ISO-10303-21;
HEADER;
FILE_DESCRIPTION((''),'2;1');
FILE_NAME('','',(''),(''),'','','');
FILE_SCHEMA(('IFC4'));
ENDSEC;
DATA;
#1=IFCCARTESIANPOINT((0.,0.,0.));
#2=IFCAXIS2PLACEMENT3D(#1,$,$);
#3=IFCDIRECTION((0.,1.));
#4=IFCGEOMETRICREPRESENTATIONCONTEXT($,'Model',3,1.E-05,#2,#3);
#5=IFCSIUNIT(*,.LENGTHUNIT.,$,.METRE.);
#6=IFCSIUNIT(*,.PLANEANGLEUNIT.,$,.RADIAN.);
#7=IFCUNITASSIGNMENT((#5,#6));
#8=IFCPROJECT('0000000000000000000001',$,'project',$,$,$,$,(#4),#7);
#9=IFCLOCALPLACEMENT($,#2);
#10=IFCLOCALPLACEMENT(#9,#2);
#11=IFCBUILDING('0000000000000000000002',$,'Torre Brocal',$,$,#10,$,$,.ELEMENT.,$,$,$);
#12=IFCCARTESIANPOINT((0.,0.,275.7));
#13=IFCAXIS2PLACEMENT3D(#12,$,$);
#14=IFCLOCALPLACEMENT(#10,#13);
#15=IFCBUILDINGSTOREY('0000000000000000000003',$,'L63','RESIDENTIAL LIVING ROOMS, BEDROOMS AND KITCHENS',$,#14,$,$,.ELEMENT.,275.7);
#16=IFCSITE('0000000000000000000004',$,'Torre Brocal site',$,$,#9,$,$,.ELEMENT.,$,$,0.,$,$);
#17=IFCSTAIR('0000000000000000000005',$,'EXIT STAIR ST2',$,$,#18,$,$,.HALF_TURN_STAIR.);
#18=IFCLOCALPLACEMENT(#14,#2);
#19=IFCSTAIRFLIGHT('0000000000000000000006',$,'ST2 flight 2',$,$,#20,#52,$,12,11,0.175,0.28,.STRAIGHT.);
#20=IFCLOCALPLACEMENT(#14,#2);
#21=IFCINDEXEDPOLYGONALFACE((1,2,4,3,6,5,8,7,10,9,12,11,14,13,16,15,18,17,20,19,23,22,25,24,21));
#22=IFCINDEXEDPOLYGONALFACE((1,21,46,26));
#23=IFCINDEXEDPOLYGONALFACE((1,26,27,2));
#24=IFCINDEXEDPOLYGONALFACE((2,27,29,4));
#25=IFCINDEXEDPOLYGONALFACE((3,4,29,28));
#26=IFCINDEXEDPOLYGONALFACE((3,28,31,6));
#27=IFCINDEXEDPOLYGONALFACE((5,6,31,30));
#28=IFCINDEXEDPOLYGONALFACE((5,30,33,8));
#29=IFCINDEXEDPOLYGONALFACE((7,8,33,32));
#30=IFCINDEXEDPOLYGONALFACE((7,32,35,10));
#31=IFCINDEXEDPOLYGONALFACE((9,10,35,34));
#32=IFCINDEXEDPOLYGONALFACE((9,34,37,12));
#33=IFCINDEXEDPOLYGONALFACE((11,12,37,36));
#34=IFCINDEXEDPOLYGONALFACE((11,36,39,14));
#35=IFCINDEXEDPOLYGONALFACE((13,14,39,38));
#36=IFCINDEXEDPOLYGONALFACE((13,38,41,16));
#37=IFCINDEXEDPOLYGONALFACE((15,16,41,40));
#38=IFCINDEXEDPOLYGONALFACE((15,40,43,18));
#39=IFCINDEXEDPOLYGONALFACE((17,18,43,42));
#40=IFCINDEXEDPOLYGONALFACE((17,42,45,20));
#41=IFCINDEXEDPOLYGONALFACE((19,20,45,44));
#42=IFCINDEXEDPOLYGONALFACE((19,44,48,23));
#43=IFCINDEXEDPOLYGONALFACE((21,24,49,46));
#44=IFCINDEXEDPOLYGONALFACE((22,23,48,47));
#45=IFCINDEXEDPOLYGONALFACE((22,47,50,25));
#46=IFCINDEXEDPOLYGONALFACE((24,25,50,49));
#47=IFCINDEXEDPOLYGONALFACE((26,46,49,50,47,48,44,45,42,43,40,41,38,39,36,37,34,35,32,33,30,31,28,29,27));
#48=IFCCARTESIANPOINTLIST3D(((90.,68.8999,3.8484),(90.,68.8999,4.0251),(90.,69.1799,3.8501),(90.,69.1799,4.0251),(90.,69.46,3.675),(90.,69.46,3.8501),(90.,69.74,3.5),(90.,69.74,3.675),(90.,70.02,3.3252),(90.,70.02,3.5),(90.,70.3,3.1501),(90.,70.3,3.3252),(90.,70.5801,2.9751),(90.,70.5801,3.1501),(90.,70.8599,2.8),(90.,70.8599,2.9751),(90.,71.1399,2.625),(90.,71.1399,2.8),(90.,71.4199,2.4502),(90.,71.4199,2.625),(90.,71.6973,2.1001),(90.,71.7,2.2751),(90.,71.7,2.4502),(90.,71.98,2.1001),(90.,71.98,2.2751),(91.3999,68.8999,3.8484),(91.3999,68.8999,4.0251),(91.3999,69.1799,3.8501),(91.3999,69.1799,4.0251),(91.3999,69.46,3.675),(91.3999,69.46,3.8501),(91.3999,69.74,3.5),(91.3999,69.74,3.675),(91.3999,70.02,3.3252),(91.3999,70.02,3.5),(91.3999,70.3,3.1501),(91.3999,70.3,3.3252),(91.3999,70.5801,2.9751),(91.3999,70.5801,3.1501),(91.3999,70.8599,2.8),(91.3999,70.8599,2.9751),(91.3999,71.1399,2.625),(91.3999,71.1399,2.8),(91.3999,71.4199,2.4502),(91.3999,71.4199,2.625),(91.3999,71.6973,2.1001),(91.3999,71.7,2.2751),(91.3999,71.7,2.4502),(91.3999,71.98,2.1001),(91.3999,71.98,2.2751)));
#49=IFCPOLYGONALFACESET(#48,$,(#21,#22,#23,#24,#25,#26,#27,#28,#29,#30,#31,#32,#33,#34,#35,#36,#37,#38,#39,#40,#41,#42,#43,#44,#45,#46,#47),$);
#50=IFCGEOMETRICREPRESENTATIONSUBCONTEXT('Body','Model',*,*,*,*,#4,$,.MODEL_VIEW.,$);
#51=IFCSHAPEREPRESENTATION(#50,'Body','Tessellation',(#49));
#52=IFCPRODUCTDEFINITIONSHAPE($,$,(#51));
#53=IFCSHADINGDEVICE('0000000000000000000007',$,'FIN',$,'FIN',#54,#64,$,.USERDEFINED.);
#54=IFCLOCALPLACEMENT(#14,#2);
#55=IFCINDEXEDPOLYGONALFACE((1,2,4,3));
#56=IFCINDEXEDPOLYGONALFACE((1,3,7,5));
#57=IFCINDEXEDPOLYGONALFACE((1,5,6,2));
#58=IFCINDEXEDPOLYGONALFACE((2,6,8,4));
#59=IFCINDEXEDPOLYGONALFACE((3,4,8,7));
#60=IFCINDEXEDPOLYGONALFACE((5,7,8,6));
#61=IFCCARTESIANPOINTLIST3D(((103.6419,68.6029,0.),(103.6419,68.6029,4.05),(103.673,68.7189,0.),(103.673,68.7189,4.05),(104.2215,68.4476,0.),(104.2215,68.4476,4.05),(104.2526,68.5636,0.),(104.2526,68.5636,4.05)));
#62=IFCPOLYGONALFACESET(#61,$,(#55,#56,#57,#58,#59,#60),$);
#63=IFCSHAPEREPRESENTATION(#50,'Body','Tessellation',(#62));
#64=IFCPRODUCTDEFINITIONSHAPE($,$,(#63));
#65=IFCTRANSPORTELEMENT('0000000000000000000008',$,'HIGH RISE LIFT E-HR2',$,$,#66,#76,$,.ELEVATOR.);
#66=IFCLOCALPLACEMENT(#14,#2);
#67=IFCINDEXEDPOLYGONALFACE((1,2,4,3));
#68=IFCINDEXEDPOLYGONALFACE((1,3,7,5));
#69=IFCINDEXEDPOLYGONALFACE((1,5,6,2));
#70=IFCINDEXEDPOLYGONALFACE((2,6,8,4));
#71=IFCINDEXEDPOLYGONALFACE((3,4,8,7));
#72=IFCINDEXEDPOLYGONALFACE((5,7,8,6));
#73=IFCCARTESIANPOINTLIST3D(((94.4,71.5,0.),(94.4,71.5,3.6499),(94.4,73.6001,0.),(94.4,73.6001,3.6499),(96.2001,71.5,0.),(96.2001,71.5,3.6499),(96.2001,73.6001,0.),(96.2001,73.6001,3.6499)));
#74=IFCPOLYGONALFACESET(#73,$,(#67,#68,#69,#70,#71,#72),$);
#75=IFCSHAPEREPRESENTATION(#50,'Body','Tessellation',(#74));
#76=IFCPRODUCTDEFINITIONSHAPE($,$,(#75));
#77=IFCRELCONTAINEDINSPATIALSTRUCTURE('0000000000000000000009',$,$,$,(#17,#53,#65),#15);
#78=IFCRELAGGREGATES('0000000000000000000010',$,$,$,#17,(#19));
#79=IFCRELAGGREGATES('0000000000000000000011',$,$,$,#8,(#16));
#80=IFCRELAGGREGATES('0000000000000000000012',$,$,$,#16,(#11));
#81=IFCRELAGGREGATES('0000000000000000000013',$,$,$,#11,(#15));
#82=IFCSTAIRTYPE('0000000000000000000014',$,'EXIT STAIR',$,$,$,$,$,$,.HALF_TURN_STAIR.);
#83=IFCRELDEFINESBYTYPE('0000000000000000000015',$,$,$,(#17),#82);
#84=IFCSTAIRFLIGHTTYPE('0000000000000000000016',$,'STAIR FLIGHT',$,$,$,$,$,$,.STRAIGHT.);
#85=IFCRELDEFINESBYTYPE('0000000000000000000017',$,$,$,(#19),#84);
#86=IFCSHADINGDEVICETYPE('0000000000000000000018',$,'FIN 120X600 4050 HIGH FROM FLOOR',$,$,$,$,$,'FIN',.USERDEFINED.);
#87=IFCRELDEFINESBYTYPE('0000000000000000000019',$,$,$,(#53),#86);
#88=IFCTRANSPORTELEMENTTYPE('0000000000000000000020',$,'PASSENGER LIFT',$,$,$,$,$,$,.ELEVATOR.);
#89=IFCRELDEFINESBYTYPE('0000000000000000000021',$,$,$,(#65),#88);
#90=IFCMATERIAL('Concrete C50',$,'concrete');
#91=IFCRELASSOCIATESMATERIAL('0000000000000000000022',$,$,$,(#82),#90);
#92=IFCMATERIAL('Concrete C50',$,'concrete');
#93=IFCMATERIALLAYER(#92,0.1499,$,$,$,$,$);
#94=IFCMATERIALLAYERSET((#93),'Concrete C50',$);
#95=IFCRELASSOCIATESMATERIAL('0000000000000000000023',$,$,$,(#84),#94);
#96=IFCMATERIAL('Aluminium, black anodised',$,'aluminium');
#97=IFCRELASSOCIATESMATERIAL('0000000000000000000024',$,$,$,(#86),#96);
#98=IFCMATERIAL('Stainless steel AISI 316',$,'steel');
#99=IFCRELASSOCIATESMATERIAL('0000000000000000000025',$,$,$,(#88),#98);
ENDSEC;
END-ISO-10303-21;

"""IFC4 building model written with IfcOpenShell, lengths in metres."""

from ifc_helpers import new_model, si_unit, direction, frame, origin, origin_2d, place, context, subcontext, project, spatial, polyline, rectangle, outline, extrude, material, layer, layer_set, material_profile, profile_set, type_object, element, aggregate, save


model = new_model("IFC4")

# Units and contexts
model_context = context("Model", 3, precision=1e-05, world=origin(), true_north=direction((0.0, 1.0)))
body_context = subcontext(model_context, "Body", "Model", "MODEL_VIEW")
ifc_project = project(units=[si_unit("LENGTHUNIT", "METRE"), si_unit("PLANEANGLEUNIT", "RADIAN")], contexts=[model_context])

# Site, building, storey
site_placement = place(None, origin())
site = spatial("IfcSite", under=ifc_project, at=site_placement, Name="Torre Brocal site", CompositionType="ELEMENT", RefElevation=0.0)
building_placement = place(site_placement, origin())
building = spatial("IfcBuilding", under=site, at=building_placement, Name="Torre Brocal", CompositionType="ELEMENT")
storey_placement = place(building_placement, frame((0.0, 0.0, 275.7)))
storey = spatial("IfcBuildingStorey", under=building, at=storey_placement, Name="L63", Description="RESIDENTIAL LIVING ROOMS, BEDROOMS AND KITCHENS", CompositionType="ELEMENT", Elevation=275.7)

# Stair, stair flight
ifc_material_1 = material(Name="Concrete C50", Category="concrete")
stair_type = type_object("IfcStairType", Name="EXIT STAIR", PredefinedType="HALF_TURN_STAIR", material=ifc_material_1)
stair_placement = place(storey_placement, origin())
stair = element("IfcStair", 1, at=stair_placement, inside=storey, type_object=stair_type, Name="EXIT STAIR ST2", PredefinedType="HALF_TURN_STAIR")
ifc_material_2 = material(Name="Concrete C50", Category="concrete")
ifc_layer_1 = layer(ifc_material_2, 0.1499)
ifc_layer_set_1 = layer_set([ifc_layer_1], Name="Concrete C50")
stair_flight_type = type_object("IfcStairFlightType", Name="STAIR FLIGHT", PredefinedType="STRAIGHT", material=ifc_layer_set_1)
stair_flight_1_placement = place(storey_placement, frame((90.7, 71.98, 2.1001), z_axis=(0.0, 0.0, 1.0), x_axis=(0.0, -1.0, 0.0)))
stair_flight_1 = element("IfcStairFlight", 2, at=stair_flight_1_placement, type_object=stair_flight_type, Name="ST2 flight 2", NumberOfRisers=12, NumberOfTreads=11, PredefinedType="STRAIGHT", RiserHeight=0.175, TreadLength=0.28, context=body_context, shape_type="SweptSolid", body=[
    extrude(outline(polyline([(0.0, 0.0), (0.0, 0.175), (0.28, 0.175), (0.28, 0.3501), (0.5601, 0.3501), (0.5601, 0.5249), (0.8401, 0.5249), (0.8401, 0.7), (1.1201, 0.7), (1.1201, 0.875), (1.3999, 0.875), (1.3999, 1.05), (1.6799, 1.05), (1.6799, 1.2251), (1.96, 1.2251), (1.96, 1.3999), (2.24, 1.3999), (2.24, 1.575), (2.52, 1.575), (2.52, 1.75), (2.8, 1.75), (2.8, 1.925), (3.0801, 1.925), (3.0801, 2.1001), (3.0801, 1.7483), (0.2827, 0.0), (0.0, 0.0)])), frame((0.0, 0.7, 0.0), z_axis=(0.0, -1.0, 0.0), x_axis=(1.0, 0.0, 0.0)), (0.0, 0.0, 1.0), 1.3999),
])
aggregate(stair, [stair_flight_1])

# Shading device
ifc_material_3 = material(Name="Aluminium, black anodised", Category="aluminium")
ifc_material_profile_1 = material_profile(ifc_material_3, rectangle(XDim=0.1201, YDim=0.6001, at=origin_2d()), Name="FIN 120X600 4050 HIGH FROM FLOOR")
ifc_profile_set_1 = profile_set([ifc_material_profile_1], Name="Aluminium, black anodised")
shading_device_type = type_object("IfcShadingDeviceType", Name="FIN 120X600 4050 HIGH FROM FLOOR", ElementType="FIN", PredefinedType="USERDEFINED", material=ifc_profile_set_1)
shading_device_placement = place(storey_placement, frame((103.9473, 68.5833, 0.0), z_axis=(0.0, 0.0, 1.0), x_axis=(0.258819, 0.965926, 0.0)))
element("IfcShadingDevice", 3, at=shading_device_placement, inside=storey, type_object=shading_device_type, Name="FIN", ObjectType="FIN", PredefinedType="USERDEFINED", context=body_context, shape_type="SweptSolid", body=[
    extrude(rectangle(XDim=0.1201, YDim=0.6001, at=origin_2d()), origin(), (0.0, 0.0, 1.0), 4.05),
])

# Transport element
ifc_material_4 = material(Name="Stainless steel AISI 316", Category="steel")
transport_element_type = type_object("IfcTransportElementType", Name="PASSENGER LIFT", PredefinedType="ELEVATOR", material=ifc_material_4)
transport_element_placement = place(storey_placement, frame((95.3, 72.55, 0.0), z_axis=(0.0, 0.0, 1.0), x_axis=(1.0, 0.0, 0.0)))
element("IfcTransportElement", 4, at=transport_element_placement, inside=storey, type_object=transport_element_type, Name="HIGH RISE LIFT E-HR2", PredefinedType="ELEVATOR", context=body_context, shape_type="SweptSolid", body=[
    extrude(rectangle(XDim=1.8, YDim=2.1001, at=origin_2d()), origin(), (0.0, 0.0, 1.0), 3.6499),
])

save(model, "model.ifc")
